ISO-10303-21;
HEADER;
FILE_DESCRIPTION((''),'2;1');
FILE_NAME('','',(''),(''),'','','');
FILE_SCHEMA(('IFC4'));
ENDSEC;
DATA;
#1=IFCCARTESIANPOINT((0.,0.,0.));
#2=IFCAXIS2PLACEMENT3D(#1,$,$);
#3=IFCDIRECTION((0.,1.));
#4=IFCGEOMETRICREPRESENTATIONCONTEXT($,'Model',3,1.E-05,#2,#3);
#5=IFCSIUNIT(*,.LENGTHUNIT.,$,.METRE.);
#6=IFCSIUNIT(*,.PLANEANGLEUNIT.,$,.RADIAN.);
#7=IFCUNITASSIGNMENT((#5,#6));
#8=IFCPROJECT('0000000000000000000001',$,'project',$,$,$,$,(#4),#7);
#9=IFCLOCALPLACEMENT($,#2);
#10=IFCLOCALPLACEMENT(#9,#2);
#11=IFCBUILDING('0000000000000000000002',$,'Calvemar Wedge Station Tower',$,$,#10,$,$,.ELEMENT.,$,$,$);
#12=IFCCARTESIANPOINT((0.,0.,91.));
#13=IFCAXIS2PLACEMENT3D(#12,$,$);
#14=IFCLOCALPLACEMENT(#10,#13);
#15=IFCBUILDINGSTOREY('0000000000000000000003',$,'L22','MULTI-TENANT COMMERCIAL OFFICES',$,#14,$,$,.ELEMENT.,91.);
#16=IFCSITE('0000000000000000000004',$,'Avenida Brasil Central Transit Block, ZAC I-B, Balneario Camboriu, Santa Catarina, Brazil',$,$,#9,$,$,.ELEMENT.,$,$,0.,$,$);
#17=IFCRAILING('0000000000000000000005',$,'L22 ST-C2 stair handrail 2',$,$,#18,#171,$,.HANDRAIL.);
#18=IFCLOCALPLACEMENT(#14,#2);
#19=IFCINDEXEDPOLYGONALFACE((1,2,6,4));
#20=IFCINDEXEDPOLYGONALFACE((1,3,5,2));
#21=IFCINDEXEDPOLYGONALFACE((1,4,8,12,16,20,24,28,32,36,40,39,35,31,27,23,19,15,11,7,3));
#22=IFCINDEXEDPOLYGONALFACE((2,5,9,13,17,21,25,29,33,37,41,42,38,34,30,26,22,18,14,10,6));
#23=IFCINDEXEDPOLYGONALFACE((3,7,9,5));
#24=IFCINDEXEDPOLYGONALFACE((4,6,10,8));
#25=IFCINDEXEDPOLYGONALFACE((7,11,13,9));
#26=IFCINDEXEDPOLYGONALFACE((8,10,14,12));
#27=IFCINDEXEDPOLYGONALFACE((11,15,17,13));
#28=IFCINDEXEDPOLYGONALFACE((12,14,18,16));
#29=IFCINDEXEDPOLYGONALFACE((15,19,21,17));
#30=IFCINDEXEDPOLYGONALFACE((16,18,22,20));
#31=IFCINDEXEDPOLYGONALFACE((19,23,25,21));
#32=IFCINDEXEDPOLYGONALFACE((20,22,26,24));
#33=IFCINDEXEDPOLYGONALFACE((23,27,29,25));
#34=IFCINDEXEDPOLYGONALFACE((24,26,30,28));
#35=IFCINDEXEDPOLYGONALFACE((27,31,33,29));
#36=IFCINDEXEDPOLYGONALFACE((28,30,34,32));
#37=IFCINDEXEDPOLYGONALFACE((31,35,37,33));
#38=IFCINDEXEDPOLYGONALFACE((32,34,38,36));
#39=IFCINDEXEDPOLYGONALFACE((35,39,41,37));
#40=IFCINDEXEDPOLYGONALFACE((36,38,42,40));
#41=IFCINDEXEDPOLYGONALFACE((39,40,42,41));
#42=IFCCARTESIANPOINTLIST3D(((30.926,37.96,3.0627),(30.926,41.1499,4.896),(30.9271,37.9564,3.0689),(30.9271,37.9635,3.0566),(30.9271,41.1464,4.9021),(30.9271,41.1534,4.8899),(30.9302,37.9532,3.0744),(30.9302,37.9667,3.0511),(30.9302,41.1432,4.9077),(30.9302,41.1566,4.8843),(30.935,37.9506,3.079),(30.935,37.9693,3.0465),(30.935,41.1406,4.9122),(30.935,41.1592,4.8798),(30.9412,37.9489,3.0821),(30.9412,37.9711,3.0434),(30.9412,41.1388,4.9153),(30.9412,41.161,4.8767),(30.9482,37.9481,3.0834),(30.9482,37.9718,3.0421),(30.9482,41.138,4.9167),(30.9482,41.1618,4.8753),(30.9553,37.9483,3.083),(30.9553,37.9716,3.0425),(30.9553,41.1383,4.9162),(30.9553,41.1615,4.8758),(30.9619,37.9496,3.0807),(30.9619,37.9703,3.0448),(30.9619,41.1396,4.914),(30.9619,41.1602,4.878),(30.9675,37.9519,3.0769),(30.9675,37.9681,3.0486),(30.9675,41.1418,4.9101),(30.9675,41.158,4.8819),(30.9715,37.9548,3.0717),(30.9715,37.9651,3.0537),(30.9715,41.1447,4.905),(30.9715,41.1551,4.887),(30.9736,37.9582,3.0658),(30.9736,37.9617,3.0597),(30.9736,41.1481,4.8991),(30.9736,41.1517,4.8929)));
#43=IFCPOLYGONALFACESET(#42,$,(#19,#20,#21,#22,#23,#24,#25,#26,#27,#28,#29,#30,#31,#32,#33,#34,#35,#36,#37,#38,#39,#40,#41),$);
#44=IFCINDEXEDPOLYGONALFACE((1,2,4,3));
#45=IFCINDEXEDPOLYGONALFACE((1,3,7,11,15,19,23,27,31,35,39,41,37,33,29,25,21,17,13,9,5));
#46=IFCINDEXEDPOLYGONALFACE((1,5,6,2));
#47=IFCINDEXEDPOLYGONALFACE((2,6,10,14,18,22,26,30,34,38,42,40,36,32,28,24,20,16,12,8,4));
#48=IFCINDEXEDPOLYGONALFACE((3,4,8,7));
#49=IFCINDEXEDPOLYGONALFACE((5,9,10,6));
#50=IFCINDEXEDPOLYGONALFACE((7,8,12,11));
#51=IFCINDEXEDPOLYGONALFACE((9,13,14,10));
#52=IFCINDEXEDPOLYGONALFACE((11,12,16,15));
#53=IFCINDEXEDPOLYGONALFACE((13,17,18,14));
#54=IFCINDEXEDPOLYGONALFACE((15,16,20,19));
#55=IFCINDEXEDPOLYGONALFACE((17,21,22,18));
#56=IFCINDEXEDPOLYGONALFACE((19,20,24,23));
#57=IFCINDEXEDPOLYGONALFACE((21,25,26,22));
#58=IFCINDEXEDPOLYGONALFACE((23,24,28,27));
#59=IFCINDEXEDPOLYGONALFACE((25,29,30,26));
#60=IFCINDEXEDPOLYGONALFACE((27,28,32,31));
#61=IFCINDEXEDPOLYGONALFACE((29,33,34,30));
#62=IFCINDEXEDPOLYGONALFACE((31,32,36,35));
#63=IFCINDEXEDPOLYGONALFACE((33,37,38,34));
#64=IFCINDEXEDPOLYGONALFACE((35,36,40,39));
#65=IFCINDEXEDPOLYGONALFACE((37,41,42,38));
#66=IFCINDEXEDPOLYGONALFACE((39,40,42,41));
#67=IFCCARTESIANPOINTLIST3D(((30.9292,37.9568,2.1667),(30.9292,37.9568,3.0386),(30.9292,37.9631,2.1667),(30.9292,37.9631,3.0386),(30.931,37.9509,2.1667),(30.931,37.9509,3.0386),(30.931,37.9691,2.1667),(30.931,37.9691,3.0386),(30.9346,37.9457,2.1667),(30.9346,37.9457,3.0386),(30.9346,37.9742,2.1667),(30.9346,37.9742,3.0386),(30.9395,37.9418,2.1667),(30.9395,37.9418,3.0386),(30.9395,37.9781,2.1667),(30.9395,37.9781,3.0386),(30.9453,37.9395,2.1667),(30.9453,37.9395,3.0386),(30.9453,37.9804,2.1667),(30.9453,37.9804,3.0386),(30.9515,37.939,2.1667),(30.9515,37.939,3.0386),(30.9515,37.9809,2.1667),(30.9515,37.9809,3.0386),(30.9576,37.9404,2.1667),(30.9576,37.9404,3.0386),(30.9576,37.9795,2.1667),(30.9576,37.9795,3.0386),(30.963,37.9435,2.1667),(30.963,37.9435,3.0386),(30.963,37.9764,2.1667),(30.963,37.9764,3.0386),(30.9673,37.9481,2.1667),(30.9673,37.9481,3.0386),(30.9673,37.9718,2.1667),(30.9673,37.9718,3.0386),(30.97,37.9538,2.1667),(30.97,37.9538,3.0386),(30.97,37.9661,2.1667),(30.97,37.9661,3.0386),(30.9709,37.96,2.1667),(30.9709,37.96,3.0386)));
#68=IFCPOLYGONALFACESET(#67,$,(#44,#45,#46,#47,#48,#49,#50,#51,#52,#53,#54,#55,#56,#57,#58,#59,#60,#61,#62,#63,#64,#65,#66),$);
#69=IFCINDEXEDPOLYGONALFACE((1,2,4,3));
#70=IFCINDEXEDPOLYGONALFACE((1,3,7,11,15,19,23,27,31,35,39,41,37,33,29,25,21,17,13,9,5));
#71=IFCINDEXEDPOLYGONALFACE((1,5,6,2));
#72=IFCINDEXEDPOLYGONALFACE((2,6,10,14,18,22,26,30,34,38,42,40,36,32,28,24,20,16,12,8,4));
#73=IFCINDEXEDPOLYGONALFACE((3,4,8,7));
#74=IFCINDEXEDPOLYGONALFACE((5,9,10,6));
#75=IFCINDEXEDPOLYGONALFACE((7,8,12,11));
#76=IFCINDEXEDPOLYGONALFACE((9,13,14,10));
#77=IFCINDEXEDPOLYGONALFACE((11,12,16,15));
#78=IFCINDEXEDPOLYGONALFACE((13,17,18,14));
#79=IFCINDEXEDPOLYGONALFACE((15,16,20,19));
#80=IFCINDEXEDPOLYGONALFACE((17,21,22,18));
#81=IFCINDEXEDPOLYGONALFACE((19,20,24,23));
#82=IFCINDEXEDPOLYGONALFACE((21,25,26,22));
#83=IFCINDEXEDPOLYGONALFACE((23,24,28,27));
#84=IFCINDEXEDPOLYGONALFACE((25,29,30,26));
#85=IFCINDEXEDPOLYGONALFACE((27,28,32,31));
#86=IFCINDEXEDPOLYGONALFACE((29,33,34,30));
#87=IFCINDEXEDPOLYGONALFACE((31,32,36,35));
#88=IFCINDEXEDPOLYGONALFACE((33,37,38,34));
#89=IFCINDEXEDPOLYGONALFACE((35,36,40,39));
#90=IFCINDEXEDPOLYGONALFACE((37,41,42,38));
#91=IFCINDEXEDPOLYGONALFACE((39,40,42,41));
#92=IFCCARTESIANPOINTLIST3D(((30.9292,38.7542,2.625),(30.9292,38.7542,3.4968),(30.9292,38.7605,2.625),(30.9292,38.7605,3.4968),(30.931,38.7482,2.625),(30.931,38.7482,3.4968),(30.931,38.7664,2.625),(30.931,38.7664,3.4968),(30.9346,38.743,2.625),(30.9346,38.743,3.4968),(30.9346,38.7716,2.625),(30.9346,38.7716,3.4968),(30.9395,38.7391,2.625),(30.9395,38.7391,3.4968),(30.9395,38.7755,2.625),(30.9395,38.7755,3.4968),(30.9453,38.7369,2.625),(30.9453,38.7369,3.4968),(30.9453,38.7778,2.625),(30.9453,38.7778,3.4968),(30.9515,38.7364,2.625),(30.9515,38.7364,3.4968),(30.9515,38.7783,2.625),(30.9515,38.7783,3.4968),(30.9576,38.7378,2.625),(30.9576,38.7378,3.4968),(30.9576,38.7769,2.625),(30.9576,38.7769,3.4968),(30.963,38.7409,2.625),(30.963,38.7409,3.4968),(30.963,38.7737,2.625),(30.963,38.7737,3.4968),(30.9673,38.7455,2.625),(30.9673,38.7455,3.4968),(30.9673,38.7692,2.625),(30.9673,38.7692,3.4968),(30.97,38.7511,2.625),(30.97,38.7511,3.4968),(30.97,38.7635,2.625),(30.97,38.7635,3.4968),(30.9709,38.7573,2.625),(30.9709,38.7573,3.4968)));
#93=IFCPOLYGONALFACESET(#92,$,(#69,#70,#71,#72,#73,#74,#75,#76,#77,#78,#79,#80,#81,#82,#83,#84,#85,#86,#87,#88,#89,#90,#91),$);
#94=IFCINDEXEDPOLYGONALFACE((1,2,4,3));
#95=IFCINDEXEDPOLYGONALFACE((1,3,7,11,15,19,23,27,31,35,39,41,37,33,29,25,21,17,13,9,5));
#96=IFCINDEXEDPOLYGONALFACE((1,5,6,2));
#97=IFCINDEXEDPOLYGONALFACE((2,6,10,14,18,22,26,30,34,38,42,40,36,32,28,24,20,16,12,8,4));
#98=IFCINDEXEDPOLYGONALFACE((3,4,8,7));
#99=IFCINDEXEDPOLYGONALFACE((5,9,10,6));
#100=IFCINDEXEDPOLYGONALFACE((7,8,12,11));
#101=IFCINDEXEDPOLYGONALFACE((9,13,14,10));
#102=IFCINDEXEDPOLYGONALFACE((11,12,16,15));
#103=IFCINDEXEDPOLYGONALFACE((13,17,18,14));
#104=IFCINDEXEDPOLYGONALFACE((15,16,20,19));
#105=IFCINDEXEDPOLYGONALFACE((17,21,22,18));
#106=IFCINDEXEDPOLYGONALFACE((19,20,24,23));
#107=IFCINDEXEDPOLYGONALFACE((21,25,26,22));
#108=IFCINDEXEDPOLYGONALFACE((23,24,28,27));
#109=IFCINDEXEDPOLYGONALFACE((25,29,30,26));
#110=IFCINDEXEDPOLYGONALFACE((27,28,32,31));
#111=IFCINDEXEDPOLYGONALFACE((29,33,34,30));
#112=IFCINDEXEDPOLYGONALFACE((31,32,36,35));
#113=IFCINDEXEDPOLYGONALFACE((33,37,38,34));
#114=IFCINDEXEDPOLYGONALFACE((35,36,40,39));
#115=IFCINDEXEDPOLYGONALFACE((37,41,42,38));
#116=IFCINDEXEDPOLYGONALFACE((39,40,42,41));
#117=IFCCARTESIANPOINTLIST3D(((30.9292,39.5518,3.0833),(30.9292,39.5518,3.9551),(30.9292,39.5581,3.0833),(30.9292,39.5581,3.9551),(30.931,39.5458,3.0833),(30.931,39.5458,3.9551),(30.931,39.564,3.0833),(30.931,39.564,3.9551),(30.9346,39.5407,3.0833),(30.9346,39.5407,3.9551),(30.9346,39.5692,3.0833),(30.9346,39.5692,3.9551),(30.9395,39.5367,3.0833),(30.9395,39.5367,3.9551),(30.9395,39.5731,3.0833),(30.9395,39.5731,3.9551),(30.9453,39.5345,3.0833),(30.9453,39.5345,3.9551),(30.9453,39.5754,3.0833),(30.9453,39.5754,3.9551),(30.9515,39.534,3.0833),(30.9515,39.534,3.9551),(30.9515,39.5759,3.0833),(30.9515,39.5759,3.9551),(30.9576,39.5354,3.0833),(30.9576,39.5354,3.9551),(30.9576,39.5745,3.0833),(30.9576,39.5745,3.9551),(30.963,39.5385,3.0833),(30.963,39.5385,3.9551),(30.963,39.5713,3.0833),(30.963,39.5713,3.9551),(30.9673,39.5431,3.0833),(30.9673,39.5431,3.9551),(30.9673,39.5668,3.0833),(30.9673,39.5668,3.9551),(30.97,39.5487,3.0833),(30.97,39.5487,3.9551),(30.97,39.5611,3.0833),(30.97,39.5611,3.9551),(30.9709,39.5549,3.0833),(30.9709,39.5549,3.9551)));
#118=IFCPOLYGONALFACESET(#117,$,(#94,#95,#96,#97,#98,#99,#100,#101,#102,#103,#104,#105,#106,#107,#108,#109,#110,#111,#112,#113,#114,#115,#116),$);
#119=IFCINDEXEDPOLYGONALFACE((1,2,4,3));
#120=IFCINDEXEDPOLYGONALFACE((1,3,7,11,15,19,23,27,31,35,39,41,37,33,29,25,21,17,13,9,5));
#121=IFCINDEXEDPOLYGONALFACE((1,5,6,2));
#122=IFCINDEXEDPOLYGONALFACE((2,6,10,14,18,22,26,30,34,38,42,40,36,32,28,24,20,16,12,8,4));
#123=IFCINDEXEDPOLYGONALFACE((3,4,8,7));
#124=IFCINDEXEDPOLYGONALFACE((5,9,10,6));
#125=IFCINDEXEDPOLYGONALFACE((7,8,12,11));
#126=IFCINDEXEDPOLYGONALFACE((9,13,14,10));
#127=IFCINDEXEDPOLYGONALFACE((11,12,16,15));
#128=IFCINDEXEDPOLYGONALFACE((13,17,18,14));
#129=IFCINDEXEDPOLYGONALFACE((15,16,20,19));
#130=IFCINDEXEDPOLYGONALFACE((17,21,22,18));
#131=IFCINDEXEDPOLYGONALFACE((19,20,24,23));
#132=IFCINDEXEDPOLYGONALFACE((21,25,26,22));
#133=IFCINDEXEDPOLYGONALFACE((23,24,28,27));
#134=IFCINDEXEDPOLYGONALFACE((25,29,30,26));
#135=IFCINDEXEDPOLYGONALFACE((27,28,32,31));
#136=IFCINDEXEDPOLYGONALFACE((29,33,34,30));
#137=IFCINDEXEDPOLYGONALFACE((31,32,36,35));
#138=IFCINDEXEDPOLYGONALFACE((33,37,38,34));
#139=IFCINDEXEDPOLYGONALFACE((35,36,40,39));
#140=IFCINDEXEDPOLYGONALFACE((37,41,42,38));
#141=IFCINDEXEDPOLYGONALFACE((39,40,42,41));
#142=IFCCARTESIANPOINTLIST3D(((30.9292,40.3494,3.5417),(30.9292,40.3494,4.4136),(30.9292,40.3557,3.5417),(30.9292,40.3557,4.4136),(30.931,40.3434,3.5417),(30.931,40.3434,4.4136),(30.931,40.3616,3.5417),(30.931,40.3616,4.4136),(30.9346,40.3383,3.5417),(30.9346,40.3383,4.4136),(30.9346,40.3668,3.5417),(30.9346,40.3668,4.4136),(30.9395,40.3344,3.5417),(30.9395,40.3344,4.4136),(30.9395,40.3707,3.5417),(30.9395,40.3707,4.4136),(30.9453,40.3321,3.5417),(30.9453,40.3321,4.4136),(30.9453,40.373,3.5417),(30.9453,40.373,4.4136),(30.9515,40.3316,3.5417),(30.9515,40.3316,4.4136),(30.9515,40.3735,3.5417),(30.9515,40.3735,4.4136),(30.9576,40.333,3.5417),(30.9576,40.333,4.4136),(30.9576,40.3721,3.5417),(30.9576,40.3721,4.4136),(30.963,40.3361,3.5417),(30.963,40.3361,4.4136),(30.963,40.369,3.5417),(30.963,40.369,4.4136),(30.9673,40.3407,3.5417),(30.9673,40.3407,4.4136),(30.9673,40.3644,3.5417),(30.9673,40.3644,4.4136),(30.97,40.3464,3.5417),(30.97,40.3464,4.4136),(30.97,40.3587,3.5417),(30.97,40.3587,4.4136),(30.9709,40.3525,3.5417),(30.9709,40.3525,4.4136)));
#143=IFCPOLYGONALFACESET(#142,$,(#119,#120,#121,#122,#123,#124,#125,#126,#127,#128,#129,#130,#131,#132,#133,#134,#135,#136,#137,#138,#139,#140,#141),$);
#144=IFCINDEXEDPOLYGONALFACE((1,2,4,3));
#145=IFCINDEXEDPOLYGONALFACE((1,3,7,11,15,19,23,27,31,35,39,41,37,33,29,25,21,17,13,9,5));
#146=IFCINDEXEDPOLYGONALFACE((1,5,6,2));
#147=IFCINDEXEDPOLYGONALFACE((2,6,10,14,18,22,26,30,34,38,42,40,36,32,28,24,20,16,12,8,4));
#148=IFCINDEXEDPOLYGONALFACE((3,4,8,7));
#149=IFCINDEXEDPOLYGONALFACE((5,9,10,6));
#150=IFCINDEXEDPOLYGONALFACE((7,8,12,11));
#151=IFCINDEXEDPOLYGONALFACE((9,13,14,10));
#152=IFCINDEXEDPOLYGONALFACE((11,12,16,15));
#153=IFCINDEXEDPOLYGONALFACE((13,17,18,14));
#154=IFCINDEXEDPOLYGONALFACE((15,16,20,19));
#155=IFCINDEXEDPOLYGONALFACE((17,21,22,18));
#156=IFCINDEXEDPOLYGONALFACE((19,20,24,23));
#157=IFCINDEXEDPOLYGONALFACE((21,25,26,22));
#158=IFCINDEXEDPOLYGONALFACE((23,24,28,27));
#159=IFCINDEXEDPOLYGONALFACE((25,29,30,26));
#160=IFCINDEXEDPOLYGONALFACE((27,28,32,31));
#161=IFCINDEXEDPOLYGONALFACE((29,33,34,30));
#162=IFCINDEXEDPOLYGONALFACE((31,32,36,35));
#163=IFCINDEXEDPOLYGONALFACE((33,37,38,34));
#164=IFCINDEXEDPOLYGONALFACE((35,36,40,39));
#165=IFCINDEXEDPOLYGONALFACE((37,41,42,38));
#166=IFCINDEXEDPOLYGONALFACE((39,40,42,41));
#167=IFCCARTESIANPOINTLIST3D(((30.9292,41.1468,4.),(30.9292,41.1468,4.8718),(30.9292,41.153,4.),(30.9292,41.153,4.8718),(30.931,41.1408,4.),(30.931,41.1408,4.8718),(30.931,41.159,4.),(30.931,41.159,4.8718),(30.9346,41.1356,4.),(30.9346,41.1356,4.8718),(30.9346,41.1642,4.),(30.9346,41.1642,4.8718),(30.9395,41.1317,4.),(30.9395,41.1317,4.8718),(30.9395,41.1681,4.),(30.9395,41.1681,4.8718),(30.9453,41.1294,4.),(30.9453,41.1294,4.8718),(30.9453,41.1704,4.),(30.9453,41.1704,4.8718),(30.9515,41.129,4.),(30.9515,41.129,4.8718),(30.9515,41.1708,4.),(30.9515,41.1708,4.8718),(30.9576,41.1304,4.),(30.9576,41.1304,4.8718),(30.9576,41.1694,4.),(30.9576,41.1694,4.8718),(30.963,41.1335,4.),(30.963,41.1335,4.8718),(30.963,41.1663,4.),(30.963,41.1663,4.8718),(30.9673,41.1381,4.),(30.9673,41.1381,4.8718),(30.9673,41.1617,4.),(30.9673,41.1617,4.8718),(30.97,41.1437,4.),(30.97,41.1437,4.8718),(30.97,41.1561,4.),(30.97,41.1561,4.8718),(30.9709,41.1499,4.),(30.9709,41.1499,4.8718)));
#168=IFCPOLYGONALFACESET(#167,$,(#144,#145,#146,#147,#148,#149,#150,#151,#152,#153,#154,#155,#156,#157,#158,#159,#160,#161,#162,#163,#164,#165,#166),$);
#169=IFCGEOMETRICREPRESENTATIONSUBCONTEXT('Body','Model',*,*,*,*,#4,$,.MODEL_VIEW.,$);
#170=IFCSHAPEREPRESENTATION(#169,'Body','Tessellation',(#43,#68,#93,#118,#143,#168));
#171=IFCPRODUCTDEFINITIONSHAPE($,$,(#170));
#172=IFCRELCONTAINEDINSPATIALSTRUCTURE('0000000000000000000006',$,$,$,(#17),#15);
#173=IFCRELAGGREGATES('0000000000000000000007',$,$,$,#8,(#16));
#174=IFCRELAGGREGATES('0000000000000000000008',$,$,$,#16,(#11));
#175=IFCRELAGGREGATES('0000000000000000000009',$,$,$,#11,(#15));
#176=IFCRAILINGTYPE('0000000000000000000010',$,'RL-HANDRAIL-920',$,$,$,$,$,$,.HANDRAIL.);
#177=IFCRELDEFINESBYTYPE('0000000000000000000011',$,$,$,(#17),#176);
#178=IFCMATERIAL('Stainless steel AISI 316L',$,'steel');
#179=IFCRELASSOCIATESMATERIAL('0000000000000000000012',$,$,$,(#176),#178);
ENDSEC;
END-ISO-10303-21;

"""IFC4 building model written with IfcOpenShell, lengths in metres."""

from ifc_helpers import new_model, si_unit, direction, frame, origin, origin_2d, place, context, subcontext, project, spatial, circle, extrude, material, type_object, element, save


model = new_model("IFC4")

# Units and contexts
model_context = context("Model", 3, precision=1e-05, world=origin(), true_north=direction((0.0, 1.0)))
body_context = subcontext(model_context, "Body", "Model", "MODEL_VIEW")
ifc_project = project(units=[si_unit("LENGTHUNIT", "METRE"), si_unit("PLANEANGLEUNIT", "RADIAN")], contexts=[model_context])

# Site, building, storey
site_placement = place(None, origin())
site = spatial("IfcSite", under=ifc_project, at=site_placement, Name="Avenida Brasil Central Transit Block, ZAC I-B, Balneario Camboriu, Santa Catarina, Brazil", CompositionType="ELEMENT", RefElevation=0.0)
building_placement = place(site_placement, origin())
building = spatial("IfcBuilding", under=site, at=building_placement, Name="Calvemar Wedge Station Tower", CompositionType="ELEMENT")
storey_placement = place(building_placement, frame((0.0, 0.0, 91.0)))
storey = spatial("IfcBuildingStorey", under=building, at=storey_placement, Name="L22", Description="MULTI-TENANT COMMERCIAL OFFICES", CompositionType="ELEMENT", Elevation=91.0)

# Railing
ifc_material_1 = material(Name="Stainless steel AISI 316L", Category="steel")
railing_type_1 = type_object("IfcRailingType", Name="RL-HANDRAIL-920", PredefinedType="HANDRAIL", material=ifc_material_1)
railing_1_placement = place(storey_placement, frame((30.95, 37.96, 2.1667)))
element("IfcRailing", 1, at=railing_1_placement, inside=storey, type_object=railing_type_1, Name="L22 ST-C2 stair handrail 2", PredefinedType="HANDRAIL", context=body_context, shape_type="SweptSolid", body=[
    extrude(circle(Radius=0.0239, at=origin_2d()), frame((0.0, 0.0, 0.896), z_axis=(0.0, 0.86702, 0.498274), x_axis=(-1.0, 0.0, 0.0)), (0.0, 0.0, 1.0), 3.6792),
    extrude(circle(Radius=0.021, at=origin_2d()), origin(), (0.0, 0.0, 1.0), 0.8718),
    extrude(circle(Radius=0.021, at=origin_2d()), frame((0.0, 0.7974, 0.4583)), (0.0, 0.0, 1.0), 0.8718),
    extrude(circle(Radius=0.021, at=origin_2d()), frame((0.0, 1.595, 0.9165)), (0.0, 0.0, 1.0), 0.8718),
    extrude(circle(Radius=0.021, at=origin_2d()), frame((0.0, 2.3926, 1.375)), (0.0, 0.0, 1.0), 0.8718),
    extrude(circle(Radius=0.021, at=origin_2d()), frame((0.0, 3.1899, 1.8333)), (0.0, 0.0, 1.0), 0.8718),
])

save(model, "model.ifc")
